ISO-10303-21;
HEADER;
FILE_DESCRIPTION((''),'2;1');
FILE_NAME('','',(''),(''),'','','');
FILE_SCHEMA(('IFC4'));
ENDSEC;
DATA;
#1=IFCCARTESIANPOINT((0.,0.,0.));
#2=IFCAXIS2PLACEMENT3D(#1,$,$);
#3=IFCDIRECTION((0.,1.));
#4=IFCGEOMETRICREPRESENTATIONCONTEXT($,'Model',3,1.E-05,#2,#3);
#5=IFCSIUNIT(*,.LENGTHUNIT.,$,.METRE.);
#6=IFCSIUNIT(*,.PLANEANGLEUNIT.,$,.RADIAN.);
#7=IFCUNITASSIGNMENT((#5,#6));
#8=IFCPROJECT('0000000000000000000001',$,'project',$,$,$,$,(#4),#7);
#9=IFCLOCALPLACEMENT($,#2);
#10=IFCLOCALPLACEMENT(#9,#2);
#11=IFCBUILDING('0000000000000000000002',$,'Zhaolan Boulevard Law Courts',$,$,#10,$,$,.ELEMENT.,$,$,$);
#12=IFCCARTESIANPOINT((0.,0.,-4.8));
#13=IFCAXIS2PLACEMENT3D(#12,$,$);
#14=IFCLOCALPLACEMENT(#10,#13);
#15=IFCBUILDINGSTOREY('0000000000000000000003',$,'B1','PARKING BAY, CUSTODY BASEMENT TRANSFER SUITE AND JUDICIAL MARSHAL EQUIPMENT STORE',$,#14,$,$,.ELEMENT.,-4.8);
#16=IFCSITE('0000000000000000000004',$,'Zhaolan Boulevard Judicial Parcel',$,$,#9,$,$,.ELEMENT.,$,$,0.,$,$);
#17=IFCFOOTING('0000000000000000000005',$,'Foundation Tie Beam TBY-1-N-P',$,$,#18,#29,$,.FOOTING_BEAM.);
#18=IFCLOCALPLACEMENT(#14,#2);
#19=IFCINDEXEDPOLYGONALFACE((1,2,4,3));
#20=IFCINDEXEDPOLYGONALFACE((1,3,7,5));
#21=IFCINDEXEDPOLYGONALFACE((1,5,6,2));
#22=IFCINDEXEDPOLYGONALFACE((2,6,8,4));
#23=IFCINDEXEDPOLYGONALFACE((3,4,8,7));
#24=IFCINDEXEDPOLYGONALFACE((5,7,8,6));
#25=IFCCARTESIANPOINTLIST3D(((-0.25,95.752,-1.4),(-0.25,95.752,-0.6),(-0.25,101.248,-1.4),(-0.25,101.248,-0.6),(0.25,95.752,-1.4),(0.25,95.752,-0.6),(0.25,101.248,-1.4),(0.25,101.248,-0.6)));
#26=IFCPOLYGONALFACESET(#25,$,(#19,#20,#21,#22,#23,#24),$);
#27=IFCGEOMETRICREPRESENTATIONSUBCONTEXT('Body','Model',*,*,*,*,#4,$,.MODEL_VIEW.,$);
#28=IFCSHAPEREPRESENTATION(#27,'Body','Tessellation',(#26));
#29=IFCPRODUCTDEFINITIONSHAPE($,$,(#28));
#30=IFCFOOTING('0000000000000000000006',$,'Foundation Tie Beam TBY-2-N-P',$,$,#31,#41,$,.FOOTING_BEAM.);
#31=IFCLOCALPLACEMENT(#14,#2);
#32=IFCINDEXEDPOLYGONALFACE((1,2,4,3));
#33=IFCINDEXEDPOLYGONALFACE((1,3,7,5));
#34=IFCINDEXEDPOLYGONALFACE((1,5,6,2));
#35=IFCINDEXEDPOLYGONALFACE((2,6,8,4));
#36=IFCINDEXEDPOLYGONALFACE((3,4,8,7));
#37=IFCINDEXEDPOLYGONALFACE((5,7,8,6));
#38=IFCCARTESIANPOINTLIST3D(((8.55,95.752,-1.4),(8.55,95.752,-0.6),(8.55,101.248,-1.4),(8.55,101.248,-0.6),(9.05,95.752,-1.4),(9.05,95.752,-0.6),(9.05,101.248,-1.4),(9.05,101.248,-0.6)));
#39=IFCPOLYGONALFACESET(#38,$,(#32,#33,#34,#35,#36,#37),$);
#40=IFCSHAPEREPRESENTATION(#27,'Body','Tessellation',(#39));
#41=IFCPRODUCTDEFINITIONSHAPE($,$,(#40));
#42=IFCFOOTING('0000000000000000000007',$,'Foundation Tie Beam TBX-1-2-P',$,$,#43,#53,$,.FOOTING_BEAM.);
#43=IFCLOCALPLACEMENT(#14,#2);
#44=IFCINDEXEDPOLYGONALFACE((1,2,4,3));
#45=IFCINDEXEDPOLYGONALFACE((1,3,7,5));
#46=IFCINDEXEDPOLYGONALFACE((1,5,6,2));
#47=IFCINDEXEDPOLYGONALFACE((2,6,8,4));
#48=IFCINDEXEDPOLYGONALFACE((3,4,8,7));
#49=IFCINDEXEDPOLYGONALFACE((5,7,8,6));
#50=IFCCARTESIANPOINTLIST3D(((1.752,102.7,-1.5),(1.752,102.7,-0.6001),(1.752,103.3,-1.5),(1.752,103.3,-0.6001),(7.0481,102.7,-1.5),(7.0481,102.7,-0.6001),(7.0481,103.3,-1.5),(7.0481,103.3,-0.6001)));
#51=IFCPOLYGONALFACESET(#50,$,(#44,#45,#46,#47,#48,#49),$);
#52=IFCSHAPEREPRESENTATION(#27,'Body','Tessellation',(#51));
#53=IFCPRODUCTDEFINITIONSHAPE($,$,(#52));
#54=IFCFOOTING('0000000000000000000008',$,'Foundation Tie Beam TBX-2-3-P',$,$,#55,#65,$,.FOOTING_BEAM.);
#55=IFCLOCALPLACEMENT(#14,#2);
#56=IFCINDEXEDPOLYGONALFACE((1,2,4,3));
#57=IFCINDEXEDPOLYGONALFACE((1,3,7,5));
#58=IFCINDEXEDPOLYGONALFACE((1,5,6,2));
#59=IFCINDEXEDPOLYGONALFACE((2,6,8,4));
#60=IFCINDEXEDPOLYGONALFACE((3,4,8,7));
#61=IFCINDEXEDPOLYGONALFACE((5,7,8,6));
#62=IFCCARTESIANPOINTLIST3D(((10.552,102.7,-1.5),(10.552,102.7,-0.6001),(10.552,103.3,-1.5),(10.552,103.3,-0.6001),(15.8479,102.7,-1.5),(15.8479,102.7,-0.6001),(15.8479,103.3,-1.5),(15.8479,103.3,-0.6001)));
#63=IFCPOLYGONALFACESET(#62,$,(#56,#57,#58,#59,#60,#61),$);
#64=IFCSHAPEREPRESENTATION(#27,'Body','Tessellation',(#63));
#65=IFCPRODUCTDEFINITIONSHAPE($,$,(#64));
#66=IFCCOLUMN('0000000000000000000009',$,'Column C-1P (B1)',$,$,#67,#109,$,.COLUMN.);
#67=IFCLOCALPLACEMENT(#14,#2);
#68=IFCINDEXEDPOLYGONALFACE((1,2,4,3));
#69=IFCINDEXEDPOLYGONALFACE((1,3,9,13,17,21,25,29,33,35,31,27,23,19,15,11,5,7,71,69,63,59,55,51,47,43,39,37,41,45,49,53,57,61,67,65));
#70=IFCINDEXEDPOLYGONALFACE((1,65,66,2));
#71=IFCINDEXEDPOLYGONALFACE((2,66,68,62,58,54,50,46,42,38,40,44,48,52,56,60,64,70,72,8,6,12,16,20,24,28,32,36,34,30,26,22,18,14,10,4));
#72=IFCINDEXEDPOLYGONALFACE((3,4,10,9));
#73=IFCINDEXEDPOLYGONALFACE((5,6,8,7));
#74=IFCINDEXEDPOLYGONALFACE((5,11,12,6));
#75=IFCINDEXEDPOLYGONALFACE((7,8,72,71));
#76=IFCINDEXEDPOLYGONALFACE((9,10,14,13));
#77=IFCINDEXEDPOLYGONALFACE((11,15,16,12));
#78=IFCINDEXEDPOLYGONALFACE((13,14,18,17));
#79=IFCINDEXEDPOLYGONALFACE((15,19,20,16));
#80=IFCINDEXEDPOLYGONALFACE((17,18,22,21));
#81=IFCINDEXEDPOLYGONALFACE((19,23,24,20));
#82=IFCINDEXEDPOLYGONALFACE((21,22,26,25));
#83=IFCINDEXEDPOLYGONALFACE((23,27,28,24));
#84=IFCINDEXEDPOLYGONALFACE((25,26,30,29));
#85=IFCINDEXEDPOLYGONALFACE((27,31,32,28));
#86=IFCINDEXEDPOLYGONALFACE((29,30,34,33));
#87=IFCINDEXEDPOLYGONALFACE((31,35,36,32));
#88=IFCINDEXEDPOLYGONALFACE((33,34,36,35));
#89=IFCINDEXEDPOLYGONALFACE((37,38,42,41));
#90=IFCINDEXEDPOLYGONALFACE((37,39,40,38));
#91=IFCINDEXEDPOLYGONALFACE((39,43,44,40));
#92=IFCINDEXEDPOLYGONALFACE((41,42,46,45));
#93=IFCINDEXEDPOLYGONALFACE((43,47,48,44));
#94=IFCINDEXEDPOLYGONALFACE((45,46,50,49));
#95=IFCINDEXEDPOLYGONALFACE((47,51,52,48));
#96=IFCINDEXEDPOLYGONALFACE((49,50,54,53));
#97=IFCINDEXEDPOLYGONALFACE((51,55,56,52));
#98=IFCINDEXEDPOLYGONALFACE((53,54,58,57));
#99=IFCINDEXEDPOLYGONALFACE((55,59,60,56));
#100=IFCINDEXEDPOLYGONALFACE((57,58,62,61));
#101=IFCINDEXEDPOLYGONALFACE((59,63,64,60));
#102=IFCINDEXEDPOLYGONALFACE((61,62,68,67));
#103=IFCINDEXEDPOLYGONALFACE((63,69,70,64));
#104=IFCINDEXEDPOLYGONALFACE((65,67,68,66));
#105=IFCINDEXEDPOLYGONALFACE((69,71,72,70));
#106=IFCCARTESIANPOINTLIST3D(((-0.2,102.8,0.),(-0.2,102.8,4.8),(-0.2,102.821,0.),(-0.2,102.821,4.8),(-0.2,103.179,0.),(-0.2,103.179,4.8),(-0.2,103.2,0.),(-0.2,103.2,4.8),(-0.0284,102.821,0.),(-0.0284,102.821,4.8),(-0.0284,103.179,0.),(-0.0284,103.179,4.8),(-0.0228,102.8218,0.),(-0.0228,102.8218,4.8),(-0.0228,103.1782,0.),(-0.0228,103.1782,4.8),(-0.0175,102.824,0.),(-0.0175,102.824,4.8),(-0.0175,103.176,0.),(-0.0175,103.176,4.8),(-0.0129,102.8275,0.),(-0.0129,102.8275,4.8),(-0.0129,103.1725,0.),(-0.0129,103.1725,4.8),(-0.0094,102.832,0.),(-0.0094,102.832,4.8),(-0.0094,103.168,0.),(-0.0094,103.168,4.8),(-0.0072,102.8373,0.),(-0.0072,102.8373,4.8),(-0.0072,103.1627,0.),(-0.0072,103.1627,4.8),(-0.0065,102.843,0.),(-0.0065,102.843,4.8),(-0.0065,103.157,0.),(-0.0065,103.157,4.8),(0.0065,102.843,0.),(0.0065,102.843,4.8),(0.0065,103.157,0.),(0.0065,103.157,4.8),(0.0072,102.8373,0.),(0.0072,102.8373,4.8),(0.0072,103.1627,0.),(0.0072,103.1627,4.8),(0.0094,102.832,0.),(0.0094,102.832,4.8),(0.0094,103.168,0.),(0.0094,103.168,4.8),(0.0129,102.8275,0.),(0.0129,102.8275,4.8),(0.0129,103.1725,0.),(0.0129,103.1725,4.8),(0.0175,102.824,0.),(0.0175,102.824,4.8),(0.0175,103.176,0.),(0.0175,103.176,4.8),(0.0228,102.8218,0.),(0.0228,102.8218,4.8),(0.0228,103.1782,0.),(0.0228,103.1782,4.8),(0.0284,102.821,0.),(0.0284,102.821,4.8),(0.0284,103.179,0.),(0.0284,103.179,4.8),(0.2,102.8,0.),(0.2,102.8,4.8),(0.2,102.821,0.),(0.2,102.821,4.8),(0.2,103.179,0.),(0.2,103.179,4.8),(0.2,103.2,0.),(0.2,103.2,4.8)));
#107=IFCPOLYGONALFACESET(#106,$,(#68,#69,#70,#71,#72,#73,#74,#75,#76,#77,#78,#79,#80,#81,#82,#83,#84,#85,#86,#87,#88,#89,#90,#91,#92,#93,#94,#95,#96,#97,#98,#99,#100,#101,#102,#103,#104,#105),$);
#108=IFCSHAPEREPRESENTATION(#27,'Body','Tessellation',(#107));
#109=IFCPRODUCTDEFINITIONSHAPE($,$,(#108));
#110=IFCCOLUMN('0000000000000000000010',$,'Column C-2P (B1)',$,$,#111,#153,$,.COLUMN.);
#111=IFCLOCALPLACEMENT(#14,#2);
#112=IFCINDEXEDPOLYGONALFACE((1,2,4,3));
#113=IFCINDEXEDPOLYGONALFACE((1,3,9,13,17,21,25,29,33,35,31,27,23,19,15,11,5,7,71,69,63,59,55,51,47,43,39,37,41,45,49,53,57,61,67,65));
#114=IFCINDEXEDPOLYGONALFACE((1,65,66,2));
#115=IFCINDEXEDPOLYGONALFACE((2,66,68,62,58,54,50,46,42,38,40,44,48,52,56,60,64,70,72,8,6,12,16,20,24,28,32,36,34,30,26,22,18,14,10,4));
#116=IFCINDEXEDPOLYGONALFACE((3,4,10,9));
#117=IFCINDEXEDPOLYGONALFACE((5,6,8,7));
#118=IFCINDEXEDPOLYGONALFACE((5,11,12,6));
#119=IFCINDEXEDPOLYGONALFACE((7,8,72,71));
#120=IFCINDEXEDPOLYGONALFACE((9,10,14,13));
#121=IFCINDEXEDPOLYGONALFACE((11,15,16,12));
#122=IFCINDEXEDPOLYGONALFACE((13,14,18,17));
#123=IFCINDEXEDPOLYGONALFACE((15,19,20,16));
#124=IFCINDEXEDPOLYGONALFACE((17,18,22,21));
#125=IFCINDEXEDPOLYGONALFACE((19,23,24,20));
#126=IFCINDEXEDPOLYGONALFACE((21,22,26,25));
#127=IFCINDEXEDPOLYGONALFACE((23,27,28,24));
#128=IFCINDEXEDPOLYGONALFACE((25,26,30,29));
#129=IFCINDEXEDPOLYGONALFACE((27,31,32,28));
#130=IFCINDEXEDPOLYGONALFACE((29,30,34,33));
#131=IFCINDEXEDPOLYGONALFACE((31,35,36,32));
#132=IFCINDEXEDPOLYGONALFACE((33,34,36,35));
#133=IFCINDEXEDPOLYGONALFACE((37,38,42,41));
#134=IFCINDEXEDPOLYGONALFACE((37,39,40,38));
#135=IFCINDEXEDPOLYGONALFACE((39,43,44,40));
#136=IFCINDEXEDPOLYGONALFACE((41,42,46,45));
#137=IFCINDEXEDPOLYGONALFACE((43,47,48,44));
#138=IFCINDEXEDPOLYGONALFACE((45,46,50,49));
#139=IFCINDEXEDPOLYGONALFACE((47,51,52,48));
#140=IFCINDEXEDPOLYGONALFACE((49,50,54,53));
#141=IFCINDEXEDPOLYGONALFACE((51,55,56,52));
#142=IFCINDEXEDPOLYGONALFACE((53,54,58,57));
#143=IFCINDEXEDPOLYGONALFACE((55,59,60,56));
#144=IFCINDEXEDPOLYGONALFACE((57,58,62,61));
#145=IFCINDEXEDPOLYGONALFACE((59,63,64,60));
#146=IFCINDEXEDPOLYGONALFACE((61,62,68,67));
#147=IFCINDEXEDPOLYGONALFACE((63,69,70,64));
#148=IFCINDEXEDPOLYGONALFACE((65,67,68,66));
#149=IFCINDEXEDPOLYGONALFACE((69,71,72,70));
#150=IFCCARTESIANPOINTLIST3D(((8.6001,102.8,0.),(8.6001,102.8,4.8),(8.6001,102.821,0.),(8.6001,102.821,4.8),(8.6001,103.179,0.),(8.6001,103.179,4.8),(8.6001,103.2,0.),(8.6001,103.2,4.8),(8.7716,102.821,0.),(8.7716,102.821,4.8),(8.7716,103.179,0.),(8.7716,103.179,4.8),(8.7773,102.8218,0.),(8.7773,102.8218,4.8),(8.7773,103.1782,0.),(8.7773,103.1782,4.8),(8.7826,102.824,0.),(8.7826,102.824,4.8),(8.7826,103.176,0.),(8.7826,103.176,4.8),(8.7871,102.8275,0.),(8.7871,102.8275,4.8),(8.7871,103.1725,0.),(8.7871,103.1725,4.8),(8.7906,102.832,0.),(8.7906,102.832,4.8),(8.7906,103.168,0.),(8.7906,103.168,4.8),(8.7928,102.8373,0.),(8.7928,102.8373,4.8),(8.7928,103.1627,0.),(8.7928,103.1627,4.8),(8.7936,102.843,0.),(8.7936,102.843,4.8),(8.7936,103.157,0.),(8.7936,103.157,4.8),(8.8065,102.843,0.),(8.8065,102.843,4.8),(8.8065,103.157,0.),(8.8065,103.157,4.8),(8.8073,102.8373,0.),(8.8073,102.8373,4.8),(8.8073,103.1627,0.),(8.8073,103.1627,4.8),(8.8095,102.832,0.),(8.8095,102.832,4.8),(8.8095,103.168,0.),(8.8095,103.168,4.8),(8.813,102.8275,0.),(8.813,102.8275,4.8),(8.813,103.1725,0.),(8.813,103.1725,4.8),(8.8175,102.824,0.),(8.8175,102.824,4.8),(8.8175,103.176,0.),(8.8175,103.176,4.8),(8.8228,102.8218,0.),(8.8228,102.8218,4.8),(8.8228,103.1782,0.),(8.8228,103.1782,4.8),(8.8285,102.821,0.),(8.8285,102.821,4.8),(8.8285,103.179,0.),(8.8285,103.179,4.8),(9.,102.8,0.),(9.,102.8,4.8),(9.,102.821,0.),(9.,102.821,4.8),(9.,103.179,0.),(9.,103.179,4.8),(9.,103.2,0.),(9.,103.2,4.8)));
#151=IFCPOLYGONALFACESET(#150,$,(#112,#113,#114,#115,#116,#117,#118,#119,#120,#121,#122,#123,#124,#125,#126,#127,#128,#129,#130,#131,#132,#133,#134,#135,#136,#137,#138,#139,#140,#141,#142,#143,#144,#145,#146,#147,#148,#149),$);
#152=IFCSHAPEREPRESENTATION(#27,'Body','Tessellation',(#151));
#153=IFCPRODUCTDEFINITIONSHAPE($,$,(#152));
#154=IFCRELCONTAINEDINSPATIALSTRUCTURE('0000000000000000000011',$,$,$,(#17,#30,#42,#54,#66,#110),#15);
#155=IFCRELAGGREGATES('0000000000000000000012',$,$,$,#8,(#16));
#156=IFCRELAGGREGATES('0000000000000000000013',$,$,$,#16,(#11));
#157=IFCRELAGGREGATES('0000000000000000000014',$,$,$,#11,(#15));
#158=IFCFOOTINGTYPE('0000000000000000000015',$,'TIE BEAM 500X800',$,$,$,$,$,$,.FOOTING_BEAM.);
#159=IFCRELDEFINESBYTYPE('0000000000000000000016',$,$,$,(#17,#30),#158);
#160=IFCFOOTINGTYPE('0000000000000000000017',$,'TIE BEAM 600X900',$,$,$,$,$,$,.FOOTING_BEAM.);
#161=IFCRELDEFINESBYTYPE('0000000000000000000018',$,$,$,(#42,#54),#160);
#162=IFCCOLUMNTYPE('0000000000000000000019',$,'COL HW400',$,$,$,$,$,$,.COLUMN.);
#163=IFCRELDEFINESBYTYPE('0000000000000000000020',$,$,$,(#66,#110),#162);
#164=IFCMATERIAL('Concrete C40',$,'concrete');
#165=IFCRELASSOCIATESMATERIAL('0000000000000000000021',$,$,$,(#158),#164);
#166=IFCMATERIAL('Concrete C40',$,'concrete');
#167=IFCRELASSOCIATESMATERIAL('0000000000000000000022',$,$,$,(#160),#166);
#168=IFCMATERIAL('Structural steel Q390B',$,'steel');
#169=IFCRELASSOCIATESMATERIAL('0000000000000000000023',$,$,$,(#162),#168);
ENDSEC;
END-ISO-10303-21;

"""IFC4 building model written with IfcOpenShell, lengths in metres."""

from ifc_helpers import new_model, si_unit, direction, frame, origin, origin_2d, place, context, subcontext, project, spatial, rectangle, i_section, extrude, material, material_profile, profile_set, type_object, element, save


model = new_model("IFC4")

# Units and contexts
model_context = context("Model", 3, precision=1e-05, world=origin(), true_north=direction((0.0, 1.0)))
body_context = subcontext(model_context, "Body", "Model", "MODEL_VIEW")
ifc_project = project(units=[si_unit("LENGTHUNIT", "METRE"), si_unit("PLANEANGLEUNIT", "RADIAN")], contexts=[model_context])

# Site, building, storey
site_placement = place(None, origin())
site = spatial("IfcSite", under=ifc_project, at=site_placement, Name="Zhaolan Boulevard Judicial Parcel", CompositionType="ELEMENT", RefElevation=0.0)
building_placement = place(site_placement, origin())
building = spatial("IfcBuilding", under=site, at=building_placement, Name="Zhaolan Boulevard Law Courts", CompositionType="ELEMENT")
storey_placement = place(building_placement, frame((0.0, 0.0, -4.8)))
storey = spatial("IfcBuildingStorey", under=building, at=storey_placement, Name="B1", Description="PARKING BAY, CUSTODY BASEMENT TRANSFER SUITE AND JUDICIAL MARSHAL EQUIPMENT STORE", CompositionType="ELEMENT", Elevation=-4.8)

# Footings
ifc_material_1 = material(Name="Concrete C40", Category="concrete")
ifc_material_profile_1 = material_profile(ifc_material_1, rectangle(XDim=0.5, YDim=0.8, at=origin_2d()), Name="RC500x800")
ifc_profile_set_1 = profile_set([ifc_material_profile_1], Name="Concrete C40")
footing_type_1 = type_object("IfcFootingType", Name="TIE BEAM 500X800", PredefinedType="FOOTING_BEAM", material=ifc_profile_set_1)
for number, where, z_axis, x_axis, name in (
    (1, (0.0, 95.752, -1.0), (0.0, 1.0, 0.0), (-1.0, 0.0, 0.0), "Foundation Tie Beam TBY-1-N-P"),
    (2, (8.8, 95.752, -1.0), (0.0, 1.0, 0.0), (-1.0, 0.0, 0.0), "Foundation Tie Beam TBY-2-N-P"),
):
    element("IfcFooting", number, at=place(storey_placement, frame(where, z_axis=z_axis, x_axis=x_axis)), inside=storey, type_object=footing_type_1, Name=name, PredefinedType="FOOTING_BEAM", context=body_context, shape_type="SweptSolid", body=[
        extrude(rectangle(XDim=0.5, YDim=0.8, at=origin_2d()), origin(), (0.0, 0.0, 1.0), 5.4961),
    ])
ifc_material_2 = material(Name="Concrete C40", Category="concrete")
ifc_material_profile_2 = material_profile(ifc_material_2, rectangle(XDim=0.6001, YDim=0.8999, at=origin_2d()), Name="RC600x900")
ifc_profile_set_2 = profile_set([ifc_material_profile_2], Name="Concrete C40")
footing_type_2 = type_object("IfcFootingType", Name="TIE BEAM 600X900", PredefinedType="FOOTING_BEAM", material=ifc_profile_set_2)
footing_1_placement = place(storey_placement, frame((1.752, 103.0, -1.05), z_axis=(1.0, 0.0, 0.0), x_axis=(0.0, 1.0, 0.0)))
element("IfcFooting", 3, at=footing_1_placement, inside=storey, type_object=footing_type_2, Name="Foundation Tie Beam TBX-1-2-P", PredefinedType="FOOTING_BEAM", context=body_context, shape_type="SweptSolid", body=[
    extrude(rectangle(XDim=0.6001, YDim=0.8999, at=origin_2d()), origin(), (0.0, 0.0, 1.0), 5.2961),
])
footing_2_placement = place(storey_placement, frame((10.552, 103.0, -1.05), z_axis=(1.0, 0.0, 0.0), x_axis=(0.0, 1.0, 0.0)))
element("IfcFooting", 4, at=footing_2_placement, inside=storey, type_object=footing_type_2, Name="Foundation Tie Beam TBX-2-3-P", PredefinedType="FOOTING_BEAM", context=body_context, shape_type="SweptSolid", body=[
    extrude(rectangle(XDim=0.6001, YDim=0.8999, at=origin_2d()), origin(), (0.0, 0.0, 1.0), 5.2959),
])

# Columns
ifc_material_3 = material(Name="Structural steel Q390B", Category="steel")
ifc_material_profile_3 = material_profile(ifc_material_3, i_section(OverallWidth=0.3999, OverallDepth=0.3999, WebThickness=0.0129, FlangeThickness=0.021, FilletRadius=0.022, at=origin_2d()), Name="HW400x400")
ifc_profile_set_3 = profile_set([ifc_material_profile_3], Name="Structural steel Q390B")
column_type = type_object("IfcColumnType", Name="COL HW400", PredefinedType="COLUMN", material=ifc_profile_set_3)
for number, where, z_axis, x_axis, name in (
    (5, (0.0, 103.0, 0.0), (0.0, 0.0, 1.0), (1.0, 0.0, 0.0), "Column C-1P (B1)"),
    (6, (8.8, 103.0, 0.0), (0.0, 0.0, 1.0), (1.0, 0.0, 0.0), "Column C-2P (B1)"),
):
    element("IfcColumn", number, at=place(storey_placement, frame(where, z_axis=z_axis, x_axis=x_axis)), inside=storey, type_object=column_type, Name=name, PredefinedType="COLUMN", context=body_context, shape_type="SweptSolid", body=[
        extrude(i_section(OverallWidth=0.3999, OverallDepth=0.3999, WebThickness=0.0129, FlangeThickness=0.021, FilletRadius=0.022, at=origin_2d()), origin(), (0.0, 0.0, 1.0), 4.8),
    ])

save(model, "model.ifc")
